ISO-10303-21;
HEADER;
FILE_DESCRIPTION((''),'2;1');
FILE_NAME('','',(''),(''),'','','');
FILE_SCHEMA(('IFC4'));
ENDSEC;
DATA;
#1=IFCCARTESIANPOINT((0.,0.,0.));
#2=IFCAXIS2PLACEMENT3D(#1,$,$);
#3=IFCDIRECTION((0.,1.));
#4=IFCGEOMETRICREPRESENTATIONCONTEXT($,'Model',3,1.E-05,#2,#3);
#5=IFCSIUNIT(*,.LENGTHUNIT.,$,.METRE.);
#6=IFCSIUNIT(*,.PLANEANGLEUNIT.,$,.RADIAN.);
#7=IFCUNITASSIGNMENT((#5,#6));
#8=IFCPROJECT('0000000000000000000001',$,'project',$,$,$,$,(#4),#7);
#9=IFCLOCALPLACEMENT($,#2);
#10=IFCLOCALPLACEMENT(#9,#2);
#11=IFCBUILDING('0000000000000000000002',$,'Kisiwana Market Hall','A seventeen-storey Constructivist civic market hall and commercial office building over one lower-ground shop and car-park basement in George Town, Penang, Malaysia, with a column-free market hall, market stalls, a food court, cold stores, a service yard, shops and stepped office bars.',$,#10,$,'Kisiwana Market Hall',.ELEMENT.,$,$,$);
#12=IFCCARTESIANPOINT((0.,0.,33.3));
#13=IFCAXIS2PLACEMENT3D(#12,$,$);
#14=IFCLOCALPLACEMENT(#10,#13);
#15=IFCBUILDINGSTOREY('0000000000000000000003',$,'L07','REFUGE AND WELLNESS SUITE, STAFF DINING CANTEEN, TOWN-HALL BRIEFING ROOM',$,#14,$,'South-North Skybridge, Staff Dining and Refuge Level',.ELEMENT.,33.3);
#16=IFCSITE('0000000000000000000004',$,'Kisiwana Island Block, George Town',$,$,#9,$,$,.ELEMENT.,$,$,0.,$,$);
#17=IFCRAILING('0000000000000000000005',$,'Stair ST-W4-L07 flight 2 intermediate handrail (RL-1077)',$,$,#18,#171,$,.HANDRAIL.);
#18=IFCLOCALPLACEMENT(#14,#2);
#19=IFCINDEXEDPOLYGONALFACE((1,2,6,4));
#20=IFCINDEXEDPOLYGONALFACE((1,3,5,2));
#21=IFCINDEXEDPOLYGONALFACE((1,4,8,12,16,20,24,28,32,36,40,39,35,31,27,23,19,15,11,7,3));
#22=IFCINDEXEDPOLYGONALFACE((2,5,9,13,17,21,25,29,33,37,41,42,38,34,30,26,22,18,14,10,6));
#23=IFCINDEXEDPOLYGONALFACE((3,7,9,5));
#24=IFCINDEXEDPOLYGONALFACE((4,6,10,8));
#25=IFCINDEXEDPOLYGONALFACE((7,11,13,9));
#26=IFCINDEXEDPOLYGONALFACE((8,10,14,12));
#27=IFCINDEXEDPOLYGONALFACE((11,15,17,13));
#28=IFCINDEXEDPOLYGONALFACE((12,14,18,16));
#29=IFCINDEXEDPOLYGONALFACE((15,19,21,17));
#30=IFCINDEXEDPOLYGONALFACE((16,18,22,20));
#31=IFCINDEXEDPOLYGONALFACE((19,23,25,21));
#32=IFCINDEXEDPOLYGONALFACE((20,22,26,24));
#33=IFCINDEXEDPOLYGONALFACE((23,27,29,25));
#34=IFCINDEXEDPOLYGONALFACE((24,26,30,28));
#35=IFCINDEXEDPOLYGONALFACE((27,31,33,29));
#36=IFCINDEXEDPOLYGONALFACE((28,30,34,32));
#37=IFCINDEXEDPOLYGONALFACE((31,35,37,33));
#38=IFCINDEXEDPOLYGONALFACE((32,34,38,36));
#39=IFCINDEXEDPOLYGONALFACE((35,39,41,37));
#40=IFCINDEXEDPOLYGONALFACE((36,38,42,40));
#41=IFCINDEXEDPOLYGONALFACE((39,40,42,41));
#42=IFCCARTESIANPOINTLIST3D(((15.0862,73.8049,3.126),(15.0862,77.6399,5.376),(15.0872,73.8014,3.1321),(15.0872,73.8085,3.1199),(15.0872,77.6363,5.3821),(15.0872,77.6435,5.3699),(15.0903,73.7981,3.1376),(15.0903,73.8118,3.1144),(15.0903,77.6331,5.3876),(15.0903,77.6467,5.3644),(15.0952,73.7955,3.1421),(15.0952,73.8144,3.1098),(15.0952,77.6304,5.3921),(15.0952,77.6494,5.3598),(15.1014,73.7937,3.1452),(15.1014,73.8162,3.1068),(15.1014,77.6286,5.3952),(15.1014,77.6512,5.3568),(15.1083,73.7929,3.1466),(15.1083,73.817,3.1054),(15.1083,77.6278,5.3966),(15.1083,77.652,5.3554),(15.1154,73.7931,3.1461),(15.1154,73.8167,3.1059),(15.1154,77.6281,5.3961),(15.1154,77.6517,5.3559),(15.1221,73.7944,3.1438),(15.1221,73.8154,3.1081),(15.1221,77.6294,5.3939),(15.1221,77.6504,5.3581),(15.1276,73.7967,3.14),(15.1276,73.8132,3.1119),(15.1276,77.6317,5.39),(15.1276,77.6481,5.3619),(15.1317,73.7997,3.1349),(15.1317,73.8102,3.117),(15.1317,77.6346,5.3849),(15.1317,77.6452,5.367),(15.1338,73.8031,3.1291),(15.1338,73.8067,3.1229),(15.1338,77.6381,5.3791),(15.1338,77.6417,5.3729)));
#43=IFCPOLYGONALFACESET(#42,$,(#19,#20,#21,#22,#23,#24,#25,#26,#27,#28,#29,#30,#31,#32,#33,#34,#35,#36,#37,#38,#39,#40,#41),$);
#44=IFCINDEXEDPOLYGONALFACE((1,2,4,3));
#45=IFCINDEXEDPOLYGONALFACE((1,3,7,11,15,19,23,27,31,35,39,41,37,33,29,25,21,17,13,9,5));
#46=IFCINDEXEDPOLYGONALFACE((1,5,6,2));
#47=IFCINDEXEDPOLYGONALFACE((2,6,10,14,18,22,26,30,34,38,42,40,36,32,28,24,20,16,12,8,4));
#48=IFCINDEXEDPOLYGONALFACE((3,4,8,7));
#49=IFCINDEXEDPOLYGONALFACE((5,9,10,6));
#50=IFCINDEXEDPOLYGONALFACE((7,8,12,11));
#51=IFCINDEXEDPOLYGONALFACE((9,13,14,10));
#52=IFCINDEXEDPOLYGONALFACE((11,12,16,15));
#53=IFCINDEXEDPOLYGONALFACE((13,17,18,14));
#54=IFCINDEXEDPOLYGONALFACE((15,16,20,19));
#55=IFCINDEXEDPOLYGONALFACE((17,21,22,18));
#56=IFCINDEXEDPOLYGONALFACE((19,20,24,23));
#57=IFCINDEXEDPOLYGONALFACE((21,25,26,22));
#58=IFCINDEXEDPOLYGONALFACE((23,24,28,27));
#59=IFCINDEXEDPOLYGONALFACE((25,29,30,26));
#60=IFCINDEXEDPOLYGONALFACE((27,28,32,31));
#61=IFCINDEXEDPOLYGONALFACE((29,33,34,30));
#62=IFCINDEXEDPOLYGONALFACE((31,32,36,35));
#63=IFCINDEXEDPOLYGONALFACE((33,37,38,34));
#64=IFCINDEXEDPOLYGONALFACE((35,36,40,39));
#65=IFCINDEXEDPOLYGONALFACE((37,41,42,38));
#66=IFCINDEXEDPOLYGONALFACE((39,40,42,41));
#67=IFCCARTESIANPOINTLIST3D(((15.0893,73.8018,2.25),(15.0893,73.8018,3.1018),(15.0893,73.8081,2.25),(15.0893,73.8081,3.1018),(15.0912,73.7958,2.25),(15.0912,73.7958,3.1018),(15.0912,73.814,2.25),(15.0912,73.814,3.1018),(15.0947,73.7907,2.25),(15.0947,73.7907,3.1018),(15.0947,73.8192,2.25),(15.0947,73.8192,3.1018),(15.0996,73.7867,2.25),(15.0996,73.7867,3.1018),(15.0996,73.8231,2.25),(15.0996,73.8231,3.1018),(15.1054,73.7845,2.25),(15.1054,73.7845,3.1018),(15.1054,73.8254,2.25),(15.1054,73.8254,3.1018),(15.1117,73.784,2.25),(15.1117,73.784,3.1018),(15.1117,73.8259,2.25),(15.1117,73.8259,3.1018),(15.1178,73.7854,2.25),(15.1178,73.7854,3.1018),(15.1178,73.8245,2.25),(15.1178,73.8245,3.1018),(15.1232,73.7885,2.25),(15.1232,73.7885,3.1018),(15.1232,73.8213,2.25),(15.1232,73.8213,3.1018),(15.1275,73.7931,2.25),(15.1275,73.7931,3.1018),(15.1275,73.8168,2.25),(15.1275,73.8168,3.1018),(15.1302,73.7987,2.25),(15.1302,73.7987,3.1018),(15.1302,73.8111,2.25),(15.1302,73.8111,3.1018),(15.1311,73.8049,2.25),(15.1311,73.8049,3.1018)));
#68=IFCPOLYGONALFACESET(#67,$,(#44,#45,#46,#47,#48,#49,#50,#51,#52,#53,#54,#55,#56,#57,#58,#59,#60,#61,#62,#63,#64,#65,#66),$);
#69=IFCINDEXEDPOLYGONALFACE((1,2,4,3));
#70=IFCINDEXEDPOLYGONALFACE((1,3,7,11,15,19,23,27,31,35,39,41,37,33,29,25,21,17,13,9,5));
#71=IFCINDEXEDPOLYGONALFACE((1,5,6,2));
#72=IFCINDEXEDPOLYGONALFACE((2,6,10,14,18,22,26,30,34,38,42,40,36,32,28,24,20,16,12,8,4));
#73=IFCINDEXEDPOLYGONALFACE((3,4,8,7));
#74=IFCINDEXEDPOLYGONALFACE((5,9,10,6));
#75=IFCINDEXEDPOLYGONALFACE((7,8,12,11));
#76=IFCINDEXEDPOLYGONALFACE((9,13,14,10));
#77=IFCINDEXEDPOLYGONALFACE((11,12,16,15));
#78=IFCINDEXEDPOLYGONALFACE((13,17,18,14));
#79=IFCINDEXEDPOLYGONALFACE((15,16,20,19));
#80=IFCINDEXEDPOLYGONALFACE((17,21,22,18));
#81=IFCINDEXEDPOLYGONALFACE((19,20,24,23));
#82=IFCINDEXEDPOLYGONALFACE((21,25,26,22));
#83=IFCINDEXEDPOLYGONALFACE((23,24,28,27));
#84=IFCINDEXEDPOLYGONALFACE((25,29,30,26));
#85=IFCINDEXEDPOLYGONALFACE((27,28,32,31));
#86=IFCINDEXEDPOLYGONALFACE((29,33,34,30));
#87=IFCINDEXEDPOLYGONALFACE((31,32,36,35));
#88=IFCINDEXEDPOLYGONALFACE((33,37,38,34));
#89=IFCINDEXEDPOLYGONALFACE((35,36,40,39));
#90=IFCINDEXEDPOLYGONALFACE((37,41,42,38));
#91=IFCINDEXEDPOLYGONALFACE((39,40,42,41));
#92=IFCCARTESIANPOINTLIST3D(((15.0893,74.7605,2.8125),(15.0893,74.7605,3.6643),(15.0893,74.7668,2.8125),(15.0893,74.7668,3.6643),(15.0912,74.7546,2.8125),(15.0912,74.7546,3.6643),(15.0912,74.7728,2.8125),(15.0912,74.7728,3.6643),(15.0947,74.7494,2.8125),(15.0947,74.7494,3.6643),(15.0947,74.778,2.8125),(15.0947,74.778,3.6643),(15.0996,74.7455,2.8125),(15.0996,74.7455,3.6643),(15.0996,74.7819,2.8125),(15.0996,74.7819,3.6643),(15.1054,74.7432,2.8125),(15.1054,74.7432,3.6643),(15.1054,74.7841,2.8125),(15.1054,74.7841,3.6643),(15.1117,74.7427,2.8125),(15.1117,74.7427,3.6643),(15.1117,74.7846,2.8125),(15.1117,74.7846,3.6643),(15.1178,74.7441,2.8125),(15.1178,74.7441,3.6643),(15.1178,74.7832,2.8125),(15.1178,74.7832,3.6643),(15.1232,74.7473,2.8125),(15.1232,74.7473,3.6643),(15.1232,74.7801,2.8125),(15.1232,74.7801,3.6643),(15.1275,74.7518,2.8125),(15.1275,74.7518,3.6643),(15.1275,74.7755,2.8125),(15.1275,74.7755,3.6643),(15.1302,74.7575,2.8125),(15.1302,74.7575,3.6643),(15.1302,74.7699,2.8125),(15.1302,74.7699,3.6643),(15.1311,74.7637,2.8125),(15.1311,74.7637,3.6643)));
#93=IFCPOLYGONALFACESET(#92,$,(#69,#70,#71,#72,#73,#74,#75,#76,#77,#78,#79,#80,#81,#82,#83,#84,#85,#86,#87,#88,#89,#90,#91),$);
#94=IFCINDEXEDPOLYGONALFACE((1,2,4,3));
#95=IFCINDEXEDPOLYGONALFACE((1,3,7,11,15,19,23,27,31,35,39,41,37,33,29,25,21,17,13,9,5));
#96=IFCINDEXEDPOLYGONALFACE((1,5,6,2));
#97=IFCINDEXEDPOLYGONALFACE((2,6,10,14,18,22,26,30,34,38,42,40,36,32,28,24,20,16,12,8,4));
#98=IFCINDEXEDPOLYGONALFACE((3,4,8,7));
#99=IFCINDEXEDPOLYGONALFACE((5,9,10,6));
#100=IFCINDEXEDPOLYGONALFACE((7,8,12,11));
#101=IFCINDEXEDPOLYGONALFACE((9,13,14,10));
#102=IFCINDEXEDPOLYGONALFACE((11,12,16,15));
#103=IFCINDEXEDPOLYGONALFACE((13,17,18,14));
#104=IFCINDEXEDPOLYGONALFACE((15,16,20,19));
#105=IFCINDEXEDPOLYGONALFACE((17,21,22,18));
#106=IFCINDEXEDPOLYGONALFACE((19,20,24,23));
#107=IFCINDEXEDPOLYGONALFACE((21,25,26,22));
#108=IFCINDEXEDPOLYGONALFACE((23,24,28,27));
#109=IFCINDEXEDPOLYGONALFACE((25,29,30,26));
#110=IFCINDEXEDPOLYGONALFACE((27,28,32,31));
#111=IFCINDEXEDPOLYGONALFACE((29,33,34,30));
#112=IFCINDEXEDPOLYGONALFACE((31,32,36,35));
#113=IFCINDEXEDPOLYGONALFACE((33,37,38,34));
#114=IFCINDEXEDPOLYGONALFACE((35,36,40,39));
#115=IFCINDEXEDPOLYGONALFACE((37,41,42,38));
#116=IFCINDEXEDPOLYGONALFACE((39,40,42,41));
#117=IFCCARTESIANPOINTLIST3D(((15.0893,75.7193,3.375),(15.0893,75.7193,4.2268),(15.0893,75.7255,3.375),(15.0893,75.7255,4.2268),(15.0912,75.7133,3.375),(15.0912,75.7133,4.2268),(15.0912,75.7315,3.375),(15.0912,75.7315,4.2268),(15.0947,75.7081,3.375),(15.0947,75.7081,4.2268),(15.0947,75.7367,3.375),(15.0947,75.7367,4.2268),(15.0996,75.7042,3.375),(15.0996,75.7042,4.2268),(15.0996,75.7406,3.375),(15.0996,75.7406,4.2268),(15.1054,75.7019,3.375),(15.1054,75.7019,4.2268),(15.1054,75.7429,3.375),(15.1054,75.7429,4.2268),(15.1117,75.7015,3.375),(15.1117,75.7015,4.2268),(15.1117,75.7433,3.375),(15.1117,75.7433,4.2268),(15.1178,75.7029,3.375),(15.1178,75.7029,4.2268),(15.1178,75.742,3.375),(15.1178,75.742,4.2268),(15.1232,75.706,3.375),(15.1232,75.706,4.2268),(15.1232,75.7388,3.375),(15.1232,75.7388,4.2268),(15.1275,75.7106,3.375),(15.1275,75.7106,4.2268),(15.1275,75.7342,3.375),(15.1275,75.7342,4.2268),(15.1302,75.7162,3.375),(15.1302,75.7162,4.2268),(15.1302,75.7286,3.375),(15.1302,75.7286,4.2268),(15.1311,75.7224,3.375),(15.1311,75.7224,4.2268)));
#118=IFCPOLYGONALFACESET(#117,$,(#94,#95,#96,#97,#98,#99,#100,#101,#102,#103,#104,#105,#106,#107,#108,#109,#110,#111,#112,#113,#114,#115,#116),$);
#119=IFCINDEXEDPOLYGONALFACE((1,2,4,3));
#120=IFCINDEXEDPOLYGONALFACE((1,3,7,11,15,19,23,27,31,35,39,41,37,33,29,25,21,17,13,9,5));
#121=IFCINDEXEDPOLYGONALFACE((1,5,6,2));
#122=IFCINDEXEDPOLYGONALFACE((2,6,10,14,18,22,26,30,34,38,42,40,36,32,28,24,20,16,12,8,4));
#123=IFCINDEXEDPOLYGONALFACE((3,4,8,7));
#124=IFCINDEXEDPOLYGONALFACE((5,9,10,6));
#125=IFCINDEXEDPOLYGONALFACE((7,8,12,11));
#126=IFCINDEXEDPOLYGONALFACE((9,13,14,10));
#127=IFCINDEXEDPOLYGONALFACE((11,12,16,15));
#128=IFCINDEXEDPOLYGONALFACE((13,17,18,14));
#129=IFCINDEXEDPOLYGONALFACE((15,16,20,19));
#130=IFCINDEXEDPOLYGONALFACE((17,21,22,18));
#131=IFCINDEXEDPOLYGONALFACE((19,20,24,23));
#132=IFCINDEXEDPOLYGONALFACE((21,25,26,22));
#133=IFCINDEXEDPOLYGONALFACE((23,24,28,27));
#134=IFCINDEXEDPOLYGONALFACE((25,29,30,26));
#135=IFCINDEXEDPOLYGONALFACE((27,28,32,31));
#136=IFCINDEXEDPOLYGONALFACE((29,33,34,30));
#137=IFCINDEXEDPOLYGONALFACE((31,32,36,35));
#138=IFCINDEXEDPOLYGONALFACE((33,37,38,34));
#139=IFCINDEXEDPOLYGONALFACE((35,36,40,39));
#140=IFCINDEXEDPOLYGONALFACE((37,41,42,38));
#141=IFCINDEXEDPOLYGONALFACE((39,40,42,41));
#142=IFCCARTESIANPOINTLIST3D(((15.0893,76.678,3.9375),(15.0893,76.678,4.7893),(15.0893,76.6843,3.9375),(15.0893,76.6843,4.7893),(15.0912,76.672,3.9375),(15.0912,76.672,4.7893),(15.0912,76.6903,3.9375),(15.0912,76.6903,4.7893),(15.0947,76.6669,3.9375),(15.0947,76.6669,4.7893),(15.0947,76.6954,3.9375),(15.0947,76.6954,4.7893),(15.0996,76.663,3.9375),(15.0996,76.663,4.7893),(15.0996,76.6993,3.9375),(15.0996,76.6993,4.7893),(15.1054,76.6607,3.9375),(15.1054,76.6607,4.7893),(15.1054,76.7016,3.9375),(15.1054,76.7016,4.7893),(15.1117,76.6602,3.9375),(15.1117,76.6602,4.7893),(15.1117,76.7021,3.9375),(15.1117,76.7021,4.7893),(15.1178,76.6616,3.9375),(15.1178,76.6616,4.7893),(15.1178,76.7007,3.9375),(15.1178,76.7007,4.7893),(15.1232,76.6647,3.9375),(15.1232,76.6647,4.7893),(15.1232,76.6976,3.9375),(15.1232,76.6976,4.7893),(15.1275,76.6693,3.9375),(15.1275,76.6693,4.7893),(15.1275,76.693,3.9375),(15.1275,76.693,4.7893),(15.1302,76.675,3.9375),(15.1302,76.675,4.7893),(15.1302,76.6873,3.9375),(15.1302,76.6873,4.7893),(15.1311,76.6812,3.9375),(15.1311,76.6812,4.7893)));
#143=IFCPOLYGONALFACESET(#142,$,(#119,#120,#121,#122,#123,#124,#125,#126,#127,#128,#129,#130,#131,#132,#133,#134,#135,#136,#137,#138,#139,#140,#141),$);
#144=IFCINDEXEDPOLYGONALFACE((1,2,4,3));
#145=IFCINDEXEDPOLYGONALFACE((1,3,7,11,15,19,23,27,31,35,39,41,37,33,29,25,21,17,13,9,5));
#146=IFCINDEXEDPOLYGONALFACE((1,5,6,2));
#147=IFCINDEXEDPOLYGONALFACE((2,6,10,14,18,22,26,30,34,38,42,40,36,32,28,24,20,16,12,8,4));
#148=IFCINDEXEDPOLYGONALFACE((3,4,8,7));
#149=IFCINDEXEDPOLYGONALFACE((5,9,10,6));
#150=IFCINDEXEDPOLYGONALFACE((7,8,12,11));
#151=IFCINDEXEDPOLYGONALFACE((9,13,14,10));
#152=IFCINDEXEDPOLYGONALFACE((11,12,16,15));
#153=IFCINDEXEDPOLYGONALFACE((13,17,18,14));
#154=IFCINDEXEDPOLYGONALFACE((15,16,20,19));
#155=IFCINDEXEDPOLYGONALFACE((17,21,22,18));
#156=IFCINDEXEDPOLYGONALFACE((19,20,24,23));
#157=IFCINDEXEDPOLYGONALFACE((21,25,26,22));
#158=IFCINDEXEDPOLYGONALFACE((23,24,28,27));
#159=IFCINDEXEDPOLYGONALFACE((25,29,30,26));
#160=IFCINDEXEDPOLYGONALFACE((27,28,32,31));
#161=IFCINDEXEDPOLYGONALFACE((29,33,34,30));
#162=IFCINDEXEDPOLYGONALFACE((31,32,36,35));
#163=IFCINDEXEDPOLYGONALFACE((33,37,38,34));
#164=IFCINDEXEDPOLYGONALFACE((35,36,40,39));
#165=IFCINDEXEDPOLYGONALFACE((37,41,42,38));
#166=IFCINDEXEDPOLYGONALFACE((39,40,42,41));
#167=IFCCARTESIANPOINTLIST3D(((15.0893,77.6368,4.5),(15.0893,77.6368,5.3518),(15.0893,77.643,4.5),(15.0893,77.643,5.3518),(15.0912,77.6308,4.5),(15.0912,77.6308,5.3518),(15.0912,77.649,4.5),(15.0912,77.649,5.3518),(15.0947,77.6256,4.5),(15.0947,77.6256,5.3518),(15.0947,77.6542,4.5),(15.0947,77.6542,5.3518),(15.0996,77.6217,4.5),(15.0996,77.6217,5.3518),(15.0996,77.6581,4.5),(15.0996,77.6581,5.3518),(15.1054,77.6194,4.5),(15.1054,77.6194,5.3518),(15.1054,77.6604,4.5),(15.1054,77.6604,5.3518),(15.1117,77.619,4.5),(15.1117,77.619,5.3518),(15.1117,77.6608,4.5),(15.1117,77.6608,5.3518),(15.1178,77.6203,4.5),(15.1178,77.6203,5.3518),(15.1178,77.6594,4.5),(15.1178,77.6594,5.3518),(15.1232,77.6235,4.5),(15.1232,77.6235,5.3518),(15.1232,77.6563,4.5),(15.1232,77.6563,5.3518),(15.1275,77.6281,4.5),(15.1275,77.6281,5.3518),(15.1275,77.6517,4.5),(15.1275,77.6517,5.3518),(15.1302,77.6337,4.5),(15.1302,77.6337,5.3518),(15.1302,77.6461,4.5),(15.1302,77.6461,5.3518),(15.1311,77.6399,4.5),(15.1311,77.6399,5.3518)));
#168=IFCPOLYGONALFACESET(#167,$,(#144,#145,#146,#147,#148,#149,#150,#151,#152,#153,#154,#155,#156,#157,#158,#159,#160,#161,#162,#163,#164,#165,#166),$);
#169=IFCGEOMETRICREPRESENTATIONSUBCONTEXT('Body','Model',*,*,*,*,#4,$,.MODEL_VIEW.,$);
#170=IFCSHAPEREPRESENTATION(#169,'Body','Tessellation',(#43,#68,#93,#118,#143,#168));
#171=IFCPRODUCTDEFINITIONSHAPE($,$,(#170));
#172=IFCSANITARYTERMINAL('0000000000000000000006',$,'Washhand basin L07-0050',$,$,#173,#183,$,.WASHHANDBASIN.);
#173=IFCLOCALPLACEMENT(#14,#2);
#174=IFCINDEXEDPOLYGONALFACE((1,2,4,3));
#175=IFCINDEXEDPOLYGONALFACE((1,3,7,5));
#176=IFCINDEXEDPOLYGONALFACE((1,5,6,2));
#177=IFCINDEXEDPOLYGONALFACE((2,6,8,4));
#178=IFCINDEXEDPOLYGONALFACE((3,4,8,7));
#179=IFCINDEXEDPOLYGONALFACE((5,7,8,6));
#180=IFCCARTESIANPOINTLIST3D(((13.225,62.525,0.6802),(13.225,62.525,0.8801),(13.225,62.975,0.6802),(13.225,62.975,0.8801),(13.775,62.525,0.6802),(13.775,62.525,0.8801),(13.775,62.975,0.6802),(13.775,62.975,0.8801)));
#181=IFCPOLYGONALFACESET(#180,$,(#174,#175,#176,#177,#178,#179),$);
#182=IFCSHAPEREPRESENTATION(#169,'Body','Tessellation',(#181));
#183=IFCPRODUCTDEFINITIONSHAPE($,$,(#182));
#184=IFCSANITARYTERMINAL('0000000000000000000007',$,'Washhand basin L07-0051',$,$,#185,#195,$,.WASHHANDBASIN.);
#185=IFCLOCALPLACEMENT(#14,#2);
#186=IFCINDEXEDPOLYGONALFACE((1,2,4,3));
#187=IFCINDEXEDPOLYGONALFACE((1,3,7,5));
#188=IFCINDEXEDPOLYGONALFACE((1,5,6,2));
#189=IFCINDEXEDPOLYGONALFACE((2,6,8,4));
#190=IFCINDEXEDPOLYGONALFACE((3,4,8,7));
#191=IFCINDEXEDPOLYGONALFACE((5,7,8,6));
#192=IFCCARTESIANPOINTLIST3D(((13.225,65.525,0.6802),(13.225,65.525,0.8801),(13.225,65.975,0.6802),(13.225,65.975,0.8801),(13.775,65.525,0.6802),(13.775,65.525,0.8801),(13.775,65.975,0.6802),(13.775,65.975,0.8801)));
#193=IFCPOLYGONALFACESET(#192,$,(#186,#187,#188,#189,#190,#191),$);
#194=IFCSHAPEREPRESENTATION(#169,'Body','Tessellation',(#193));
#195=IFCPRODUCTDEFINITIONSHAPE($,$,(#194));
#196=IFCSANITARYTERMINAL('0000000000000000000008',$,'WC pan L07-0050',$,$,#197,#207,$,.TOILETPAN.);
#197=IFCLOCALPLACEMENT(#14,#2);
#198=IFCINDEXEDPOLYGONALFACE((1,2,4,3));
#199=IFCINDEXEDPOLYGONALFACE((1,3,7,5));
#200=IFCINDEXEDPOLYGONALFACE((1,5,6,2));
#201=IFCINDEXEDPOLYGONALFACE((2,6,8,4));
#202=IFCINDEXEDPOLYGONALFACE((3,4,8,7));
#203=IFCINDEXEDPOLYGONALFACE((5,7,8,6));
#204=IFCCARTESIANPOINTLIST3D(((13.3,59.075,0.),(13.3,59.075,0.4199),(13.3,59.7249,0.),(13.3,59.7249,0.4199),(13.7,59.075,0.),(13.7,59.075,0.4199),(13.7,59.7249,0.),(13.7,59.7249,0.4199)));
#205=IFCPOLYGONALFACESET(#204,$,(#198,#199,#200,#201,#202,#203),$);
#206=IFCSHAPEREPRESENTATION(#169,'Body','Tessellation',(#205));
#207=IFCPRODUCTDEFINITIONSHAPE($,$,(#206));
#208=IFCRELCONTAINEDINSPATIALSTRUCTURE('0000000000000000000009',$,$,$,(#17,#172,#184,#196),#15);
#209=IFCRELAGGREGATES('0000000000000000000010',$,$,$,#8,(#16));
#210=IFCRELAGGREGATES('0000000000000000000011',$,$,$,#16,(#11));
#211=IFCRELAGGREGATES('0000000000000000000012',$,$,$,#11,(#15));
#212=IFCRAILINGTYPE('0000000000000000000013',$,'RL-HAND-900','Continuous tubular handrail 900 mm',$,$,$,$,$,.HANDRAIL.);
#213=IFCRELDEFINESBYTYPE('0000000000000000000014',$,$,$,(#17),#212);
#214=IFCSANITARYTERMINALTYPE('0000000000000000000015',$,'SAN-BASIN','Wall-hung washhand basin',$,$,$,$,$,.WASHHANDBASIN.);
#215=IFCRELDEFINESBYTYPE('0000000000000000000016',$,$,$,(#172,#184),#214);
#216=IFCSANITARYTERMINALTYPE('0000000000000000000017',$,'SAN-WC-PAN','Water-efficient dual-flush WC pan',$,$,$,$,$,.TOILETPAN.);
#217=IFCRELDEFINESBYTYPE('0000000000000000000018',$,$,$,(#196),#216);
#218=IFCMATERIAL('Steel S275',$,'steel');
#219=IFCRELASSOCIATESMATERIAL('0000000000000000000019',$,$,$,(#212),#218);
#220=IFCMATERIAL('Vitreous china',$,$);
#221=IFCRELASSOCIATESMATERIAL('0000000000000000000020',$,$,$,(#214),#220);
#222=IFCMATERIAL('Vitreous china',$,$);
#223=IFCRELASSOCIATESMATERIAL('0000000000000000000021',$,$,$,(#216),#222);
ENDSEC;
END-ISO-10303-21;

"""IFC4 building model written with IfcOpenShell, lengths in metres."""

from ifc_helpers import new_model, si_unit, direction, frame, origin, origin_2d, place, context, subcontext, project, spatial, rectangle, circle, extrude, material, type_object, element, save


model = new_model("IFC4")

# Units and contexts
model_context = context("Model", 3, precision=1e-05, world=origin(), true_north=direction((0.0, 1.0)))
body_context = subcontext(model_context, "Body", "Model", "MODEL_VIEW")
ifc_project = project(units=[si_unit("LENGTHUNIT", "METRE"), si_unit("PLANEANGLEUNIT", "RADIAN")], contexts=[model_context])

# Site, building, storey
site_placement = place(None, origin())
site = spatial("IfcSite", under=ifc_project, at=site_placement, Name="Kisiwana Island Block, George Town", CompositionType="ELEMENT", RefElevation=0.0)
building_placement = place(site_placement, origin())
building = spatial("IfcBuilding", under=site, at=building_placement, Name="Kisiwana Market Hall", Description="A seventeen-storey Constructivist civic market hall and commercial office building over one lower-ground shop and car-park basement in George Town, Penang, Malaysia, with a column-free market hall, market stalls, a food court, cold stores, a service yard, shops and stepped office bars.", LongName="Kisiwana Market Hall", CompositionType="ELEMENT")
storey_placement = place(building_placement, frame((0.0, 0.0, 33.3)))
storey = spatial("IfcBuildingStorey", under=building, at=storey_placement, Name="L07", Description="REFUGE AND WELLNESS SUITE, STAFF DINING CANTEEN, TOWN-HALL BRIEFING ROOM", LongName="South-North Skybridge, Staff Dining and Refuge Level", CompositionType="ELEMENT", Elevation=33.3)

# Railing
ifc_material_1 = material(Name="Steel S275", Category="steel")
railing_type = type_object("IfcRailingType", Name="RL-HAND-900", Description="Continuous tubular handrail 900 mm", PredefinedType="HANDRAIL", material=ifc_material_1)
for number, where, name in (
    (1, (15.1101, 73.8049, 2.25), "Stair ST-W4-L07 flight 2 intermediate handrail (RL-1077)"),
):
    element("IfcRailing", number, at=place(storey_placement, frame(where)), inside=storey, type_object=railing_type, Name=name, PredefinedType="HANDRAIL", context=body_context, shape_type="SweptSolid", body=[
        extrude(circle(Radius=0.0239, at=origin_2d()), frame((0.0, 0.0, 0.876), z_axis=(0.0, 0.86251, 0.506041), x_axis=(-1.0, 0.0, 0.0)), (0.0, 0.0, 1.0), 4.4463),
        extrude(circle(Radius=0.021, at=origin_2d()), origin(), (0.0, 0.0, 1.0), 0.8518),
        extrude(circle(Radius=0.021, at=origin_2d()), frame((0.0, 0.9587, 0.5625)), (0.0, 0.0, 1.0), 0.8518),
        extrude(circle(Radius=0.021, at=origin_2d()), frame((0.0, 1.9175, 1.125)), (0.0, 0.0, 1.0), 0.8518),
        extrude(circle(Radius=0.021, at=origin_2d()), frame((0.0, 2.8762, 1.6875)), (0.0, 0.0, 1.0), 0.8518),
        extrude(circle(Radius=0.021, at=origin_2d()), frame((0.0, 3.835, 2.25)), (0.0, 0.0, 1.0), 0.8518),
    ])

# Sanitary terminals
ifc_material_2 = material(Name="Vitreous china")
sanitary_terminal_type_1 = type_object("IfcSanitaryTerminalType", Name="SAN-BASIN", Description="Wall-hung washhand basin", PredefinedType="WASHHANDBASIN", material=ifc_material_2)
for number, where, z_axis, x_axis, name in (
    (2, (13.5, 62.75, 0.6802), (0.0, 0.0, 1.0), (1.0, 0.0, 0.0), "Washhand basin L07-0050"),
    (3, (13.5, 65.75, 0.6802), (0.0, 0.0, 1.0), (1.0, 0.0, 0.0), "Washhand basin L07-0051"),
):
    element("IfcSanitaryTerminal", number, at=place(storey_placement, frame(where, z_axis=z_axis, x_axis=x_axis)), inside=storey, type_object=sanitary_terminal_type_1, Name=name, PredefinedType="WASHHANDBASIN", context=body_context, shape_type="SweptSolid", body=[
        extrude(rectangle(XDim=0.55, YDim=0.45, at=origin_2d()), origin(), (0.0, 0.0, 1.0), 0.2),
    ])
ifc_material_3 = material(Name="Vitreous china")
sanitary_terminal_type_2 = type_object("IfcSanitaryTerminalType", Name="SAN-WC-PAN", Description="Water-efficient dual-flush WC pan", PredefinedType="TOILETPAN", material=ifc_material_3)
for number, where, z_axis, x_axis, name in (
    (4, (13.5, 59.3999, 0.0), (0.0, 0.0, 1.0), (1.0, 0.0, 0.0), "WC pan L07-0050"),
):
    element("IfcSanitaryTerminal", number, at=place(storey_placement, frame(where, z_axis=z_axis, x_axis=x_axis)), inside=storey, type_object=sanitary_terminal_type_2, Name=name, PredefinedType="TOILETPAN", context=body_context, shape_type="SweptSolid", body=[
        extrude(rectangle(XDim=0.3999, YDim=0.6499, at=origin_2d()), origin(), (0.0, 0.0, 1.0), 0.4199),
    ])

save(model, "model.ifc")
